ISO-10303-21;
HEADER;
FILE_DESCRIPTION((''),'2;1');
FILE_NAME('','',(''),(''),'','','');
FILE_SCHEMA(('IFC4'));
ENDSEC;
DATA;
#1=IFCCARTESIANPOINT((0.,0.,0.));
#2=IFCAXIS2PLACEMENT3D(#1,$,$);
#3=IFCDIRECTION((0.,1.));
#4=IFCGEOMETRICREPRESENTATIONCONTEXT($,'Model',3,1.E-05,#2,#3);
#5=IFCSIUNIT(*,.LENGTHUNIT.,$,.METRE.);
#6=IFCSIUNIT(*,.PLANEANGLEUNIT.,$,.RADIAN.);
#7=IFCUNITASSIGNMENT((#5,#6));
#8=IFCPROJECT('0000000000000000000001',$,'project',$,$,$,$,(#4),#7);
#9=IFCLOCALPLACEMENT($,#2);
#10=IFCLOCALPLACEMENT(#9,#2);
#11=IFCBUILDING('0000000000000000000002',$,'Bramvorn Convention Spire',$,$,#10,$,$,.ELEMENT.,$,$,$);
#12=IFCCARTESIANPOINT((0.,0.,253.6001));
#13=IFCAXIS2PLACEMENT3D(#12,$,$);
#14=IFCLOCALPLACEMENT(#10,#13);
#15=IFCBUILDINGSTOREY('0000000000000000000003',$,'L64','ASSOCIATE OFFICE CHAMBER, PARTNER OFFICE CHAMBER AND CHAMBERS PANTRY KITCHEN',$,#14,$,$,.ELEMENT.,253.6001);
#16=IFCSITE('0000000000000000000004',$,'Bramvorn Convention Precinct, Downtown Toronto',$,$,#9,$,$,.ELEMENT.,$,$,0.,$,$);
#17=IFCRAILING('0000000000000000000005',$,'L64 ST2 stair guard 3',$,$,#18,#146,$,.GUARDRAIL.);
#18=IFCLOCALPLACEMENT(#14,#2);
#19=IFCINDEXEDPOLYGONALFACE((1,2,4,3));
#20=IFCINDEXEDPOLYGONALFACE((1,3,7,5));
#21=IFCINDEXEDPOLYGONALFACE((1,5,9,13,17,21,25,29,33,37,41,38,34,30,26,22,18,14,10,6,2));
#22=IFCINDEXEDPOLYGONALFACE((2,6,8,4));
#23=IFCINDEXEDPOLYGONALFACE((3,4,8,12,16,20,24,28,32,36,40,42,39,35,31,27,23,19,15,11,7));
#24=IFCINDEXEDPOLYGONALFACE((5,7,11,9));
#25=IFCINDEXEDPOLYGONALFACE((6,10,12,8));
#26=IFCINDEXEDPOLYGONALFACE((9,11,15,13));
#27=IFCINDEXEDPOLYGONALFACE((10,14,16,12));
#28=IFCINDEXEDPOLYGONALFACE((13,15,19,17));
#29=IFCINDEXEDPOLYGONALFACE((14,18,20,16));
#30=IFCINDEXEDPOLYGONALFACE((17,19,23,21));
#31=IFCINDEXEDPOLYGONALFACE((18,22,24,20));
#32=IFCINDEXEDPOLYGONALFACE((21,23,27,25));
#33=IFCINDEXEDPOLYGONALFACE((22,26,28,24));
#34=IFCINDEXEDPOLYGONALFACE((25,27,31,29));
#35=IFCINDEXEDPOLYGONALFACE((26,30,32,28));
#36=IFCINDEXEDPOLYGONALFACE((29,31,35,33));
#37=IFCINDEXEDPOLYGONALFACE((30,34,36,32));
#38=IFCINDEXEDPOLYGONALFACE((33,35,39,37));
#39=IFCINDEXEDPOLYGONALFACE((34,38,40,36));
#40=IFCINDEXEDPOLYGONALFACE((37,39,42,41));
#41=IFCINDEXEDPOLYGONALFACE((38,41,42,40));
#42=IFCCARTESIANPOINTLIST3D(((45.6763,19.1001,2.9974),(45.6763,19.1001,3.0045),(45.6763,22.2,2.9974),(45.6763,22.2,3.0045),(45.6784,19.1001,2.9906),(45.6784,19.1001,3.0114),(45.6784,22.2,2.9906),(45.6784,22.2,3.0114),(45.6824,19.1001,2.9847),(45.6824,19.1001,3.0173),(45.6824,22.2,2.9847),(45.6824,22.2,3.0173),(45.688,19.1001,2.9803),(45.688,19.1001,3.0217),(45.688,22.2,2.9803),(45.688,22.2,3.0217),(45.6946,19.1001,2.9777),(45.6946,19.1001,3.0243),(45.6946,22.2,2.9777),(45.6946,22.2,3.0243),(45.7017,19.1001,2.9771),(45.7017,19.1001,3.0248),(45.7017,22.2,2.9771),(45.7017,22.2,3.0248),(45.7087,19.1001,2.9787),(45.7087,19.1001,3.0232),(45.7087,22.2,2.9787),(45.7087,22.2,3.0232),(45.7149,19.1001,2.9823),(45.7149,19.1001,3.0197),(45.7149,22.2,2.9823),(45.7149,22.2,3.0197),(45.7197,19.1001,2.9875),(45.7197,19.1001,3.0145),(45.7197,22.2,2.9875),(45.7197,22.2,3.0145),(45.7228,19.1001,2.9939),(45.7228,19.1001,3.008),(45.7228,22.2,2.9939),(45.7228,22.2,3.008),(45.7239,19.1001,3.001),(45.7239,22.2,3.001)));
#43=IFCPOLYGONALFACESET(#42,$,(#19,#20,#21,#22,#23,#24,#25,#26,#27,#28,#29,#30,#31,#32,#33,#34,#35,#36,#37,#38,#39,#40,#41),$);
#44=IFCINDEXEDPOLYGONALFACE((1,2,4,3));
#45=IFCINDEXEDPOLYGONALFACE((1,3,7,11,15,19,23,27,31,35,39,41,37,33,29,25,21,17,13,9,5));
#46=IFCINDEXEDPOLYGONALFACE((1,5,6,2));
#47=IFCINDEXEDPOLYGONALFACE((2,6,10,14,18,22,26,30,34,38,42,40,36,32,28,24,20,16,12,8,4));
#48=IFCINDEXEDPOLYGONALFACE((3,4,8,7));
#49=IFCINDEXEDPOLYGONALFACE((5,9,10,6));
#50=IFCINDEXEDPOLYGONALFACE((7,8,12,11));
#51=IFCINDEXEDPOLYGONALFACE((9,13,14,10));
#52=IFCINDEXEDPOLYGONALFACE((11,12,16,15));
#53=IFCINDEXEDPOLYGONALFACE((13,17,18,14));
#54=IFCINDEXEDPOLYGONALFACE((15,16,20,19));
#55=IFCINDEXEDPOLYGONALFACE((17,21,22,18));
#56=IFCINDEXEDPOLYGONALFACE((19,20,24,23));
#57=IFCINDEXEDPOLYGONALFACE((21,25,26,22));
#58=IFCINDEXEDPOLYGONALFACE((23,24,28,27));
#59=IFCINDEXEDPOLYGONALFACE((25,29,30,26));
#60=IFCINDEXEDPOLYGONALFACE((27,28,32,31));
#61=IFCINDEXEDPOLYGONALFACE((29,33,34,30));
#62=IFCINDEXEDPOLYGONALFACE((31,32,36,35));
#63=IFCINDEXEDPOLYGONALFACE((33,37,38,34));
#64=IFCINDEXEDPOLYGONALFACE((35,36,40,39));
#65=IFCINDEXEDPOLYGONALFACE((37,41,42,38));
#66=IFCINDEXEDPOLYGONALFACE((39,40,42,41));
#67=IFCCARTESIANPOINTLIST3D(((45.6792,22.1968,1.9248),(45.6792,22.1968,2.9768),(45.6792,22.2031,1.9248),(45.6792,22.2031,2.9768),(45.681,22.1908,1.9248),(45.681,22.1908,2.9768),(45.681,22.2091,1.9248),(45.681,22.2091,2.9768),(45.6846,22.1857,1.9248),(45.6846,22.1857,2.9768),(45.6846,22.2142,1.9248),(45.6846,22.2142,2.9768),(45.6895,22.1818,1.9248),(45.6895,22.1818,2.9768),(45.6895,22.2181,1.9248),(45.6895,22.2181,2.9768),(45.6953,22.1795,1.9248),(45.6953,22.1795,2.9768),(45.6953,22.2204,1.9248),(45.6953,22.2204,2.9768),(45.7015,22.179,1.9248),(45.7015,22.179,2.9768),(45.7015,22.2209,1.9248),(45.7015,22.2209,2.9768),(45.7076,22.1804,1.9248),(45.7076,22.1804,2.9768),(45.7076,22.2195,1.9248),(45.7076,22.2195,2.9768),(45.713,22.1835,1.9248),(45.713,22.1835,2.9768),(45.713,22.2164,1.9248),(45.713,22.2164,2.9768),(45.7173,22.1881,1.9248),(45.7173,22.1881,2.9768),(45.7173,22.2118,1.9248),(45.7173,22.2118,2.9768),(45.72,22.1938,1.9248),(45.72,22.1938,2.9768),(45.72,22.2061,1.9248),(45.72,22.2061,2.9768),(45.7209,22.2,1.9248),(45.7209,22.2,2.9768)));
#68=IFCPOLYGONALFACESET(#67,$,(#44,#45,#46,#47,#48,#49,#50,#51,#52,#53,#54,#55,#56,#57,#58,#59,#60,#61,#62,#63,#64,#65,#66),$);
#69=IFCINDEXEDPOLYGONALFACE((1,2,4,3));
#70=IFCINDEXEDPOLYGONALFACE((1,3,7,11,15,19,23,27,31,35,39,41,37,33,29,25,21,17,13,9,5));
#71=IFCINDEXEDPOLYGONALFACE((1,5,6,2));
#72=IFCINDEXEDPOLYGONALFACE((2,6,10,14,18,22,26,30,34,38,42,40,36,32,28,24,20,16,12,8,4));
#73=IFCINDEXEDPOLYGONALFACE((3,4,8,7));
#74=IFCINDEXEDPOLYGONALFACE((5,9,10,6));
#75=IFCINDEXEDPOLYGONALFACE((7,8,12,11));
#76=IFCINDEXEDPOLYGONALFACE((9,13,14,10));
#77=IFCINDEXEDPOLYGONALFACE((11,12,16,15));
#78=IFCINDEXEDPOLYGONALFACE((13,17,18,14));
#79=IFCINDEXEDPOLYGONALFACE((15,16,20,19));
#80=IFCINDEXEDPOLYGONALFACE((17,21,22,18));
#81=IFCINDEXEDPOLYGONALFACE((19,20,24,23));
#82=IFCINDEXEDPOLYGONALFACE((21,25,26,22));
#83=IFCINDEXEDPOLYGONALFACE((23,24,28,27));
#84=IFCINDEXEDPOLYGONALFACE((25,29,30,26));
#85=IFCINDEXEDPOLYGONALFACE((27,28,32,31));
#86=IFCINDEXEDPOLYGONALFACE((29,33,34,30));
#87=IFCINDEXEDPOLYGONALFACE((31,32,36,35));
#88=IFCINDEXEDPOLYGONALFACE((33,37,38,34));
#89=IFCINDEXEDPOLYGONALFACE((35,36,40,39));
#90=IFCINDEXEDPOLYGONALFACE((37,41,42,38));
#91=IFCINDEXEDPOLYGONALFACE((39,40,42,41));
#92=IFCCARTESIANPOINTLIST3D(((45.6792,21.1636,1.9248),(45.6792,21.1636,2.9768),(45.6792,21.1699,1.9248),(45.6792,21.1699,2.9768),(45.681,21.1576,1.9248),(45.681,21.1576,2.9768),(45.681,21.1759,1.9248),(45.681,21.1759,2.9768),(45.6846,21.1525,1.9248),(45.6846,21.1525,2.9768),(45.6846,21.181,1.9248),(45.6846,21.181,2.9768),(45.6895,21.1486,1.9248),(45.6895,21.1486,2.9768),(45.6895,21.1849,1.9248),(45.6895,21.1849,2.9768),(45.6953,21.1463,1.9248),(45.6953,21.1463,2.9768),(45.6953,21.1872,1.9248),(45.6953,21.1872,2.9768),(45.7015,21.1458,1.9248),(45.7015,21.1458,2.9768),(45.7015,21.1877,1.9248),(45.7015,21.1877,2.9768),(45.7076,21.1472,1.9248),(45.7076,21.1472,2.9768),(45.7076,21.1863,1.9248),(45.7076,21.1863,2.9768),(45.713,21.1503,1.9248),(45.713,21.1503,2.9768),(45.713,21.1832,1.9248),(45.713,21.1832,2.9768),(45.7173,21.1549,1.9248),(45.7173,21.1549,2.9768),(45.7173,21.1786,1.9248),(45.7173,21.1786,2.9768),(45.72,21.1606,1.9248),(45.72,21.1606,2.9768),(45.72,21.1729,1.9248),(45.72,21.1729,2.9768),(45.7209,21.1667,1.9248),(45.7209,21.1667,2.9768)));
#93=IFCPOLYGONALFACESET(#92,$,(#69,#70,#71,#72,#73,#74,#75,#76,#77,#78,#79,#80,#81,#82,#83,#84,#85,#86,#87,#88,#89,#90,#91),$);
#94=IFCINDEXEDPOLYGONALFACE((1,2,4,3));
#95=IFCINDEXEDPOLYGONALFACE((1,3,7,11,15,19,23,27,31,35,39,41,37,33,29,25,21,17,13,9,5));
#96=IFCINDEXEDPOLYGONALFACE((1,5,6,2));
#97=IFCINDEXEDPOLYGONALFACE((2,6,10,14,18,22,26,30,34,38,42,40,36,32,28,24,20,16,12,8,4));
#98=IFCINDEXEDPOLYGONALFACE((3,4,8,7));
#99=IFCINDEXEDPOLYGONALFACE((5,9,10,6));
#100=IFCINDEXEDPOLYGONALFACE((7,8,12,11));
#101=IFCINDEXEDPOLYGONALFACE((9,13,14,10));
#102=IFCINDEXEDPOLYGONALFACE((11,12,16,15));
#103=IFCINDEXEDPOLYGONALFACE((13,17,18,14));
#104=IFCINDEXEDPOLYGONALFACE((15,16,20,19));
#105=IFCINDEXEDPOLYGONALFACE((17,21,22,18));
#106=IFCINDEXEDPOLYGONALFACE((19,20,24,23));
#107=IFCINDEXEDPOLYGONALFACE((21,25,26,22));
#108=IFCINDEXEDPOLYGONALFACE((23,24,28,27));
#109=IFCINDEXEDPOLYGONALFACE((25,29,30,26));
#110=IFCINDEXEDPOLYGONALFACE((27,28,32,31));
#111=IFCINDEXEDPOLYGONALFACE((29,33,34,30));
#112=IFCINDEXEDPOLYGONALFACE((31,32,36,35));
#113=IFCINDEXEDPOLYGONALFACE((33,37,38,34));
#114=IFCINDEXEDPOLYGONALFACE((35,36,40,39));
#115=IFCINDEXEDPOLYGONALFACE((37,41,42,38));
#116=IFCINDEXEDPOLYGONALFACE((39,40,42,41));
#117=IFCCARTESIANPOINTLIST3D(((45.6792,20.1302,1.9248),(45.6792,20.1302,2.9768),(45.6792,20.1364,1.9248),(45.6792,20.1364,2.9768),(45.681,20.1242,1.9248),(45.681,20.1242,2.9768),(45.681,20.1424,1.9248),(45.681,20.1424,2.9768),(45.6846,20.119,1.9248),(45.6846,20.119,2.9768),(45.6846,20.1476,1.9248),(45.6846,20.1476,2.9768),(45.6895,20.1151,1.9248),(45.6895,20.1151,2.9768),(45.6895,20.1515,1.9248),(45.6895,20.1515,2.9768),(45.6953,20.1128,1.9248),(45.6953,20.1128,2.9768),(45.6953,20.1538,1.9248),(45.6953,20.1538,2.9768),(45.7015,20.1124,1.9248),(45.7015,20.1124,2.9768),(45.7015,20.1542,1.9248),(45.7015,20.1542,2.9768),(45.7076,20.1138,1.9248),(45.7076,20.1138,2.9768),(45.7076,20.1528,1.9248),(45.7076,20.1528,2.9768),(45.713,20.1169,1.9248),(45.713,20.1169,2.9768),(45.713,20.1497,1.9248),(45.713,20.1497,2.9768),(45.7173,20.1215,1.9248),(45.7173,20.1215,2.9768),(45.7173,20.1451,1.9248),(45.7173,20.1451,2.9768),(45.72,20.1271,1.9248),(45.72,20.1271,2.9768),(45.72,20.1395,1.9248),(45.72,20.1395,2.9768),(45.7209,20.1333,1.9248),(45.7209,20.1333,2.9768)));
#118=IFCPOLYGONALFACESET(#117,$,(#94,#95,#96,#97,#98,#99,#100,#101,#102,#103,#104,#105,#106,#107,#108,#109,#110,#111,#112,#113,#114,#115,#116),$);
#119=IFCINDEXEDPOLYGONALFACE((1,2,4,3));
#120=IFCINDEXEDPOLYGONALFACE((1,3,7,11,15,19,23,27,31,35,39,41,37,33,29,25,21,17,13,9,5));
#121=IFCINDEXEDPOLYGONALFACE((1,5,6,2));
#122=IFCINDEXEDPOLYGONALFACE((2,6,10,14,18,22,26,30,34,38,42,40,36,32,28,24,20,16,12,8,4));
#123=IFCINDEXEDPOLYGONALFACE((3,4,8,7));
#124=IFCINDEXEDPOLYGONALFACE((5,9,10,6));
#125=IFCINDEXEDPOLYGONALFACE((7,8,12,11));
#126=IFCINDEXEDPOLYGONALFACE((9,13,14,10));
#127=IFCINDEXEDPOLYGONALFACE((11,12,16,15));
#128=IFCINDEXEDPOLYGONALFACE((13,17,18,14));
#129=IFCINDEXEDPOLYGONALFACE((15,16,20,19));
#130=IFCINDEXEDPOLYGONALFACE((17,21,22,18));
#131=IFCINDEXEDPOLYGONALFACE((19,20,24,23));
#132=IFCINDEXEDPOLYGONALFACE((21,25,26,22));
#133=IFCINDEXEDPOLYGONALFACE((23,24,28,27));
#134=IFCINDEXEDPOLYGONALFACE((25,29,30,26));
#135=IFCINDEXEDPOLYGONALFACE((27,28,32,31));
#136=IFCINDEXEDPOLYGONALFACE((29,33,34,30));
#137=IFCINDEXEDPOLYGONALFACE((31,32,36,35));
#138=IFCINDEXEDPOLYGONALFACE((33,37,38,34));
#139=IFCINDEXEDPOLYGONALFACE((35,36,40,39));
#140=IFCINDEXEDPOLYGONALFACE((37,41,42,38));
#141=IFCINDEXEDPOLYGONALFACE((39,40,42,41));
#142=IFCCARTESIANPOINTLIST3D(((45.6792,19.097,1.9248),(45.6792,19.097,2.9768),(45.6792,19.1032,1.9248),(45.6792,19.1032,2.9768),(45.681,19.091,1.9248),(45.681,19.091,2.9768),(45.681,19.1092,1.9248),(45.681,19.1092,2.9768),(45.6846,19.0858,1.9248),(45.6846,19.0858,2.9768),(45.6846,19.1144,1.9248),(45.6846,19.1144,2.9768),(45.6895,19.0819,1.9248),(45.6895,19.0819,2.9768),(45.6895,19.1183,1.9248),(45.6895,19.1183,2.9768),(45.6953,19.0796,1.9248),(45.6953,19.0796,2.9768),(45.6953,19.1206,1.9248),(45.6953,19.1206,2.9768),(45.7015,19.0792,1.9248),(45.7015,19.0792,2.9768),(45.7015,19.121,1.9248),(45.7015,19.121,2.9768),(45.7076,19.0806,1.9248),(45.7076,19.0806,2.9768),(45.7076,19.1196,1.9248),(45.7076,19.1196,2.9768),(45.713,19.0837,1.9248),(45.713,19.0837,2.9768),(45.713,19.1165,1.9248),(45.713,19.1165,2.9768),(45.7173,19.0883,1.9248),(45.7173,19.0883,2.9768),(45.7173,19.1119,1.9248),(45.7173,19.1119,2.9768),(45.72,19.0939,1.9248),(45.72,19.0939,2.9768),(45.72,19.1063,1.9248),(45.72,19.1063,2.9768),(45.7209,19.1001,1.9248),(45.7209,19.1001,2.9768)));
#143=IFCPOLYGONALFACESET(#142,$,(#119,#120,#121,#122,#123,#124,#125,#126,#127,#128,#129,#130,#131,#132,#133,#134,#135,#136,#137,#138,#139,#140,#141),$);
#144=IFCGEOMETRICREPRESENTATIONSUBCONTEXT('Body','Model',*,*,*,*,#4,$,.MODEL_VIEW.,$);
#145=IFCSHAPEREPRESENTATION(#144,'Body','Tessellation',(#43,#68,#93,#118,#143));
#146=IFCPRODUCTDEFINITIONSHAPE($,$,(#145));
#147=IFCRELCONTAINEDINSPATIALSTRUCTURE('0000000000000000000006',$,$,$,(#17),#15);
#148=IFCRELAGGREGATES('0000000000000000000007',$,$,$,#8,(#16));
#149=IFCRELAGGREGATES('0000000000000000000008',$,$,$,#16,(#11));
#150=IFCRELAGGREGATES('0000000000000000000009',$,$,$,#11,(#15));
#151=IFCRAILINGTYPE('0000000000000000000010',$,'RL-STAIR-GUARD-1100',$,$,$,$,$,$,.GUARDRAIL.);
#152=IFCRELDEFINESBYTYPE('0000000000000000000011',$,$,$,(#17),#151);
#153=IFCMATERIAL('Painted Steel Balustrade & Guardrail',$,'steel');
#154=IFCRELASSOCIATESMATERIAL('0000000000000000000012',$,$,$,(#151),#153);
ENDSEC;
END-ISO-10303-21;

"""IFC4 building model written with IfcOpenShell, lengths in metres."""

from ifc_helpers import new_model, si_unit, direction, frame, origin, origin_2d, place, context, subcontext, project, spatial, circle, extrude, material, type_object, element, save


model = new_model("IFC4")

# Units and contexts
model_context = context("Model", 3, precision=1e-05, world=origin(), true_north=direction((0.0, 1.0)))
body_context = subcontext(model_context, "Body", "Model", "MODEL_VIEW")
ifc_project = project(units=[si_unit("LENGTHUNIT", "METRE"), si_unit("PLANEANGLEUNIT", "RADIAN")], contexts=[model_context])

# Site, building, storey
site_placement = place(None, origin())
site = spatial("IfcSite", under=ifc_project, at=site_placement, Name="Bramvorn Convention Precinct, Downtown Toronto", CompositionType="ELEMENT", RefElevation=0.0)
building_placement = place(site_placement, origin())
building = spatial("IfcBuilding", under=site, at=building_placement, Name="Bramvorn Convention Spire", CompositionType="ELEMENT")
storey_placement = place(building_placement, frame((0.0, 0.0, 253.6001)))
storey = spatial("IfcBuildingStorey", under=building, at=storey_placement, Name="L64", Description="ASSOCIATE OFFICE CHAMBER, PARTNER OFFICE CHAMBER AND CHAMBERS PANTRY KITCHEN", CompositionType="ELEMENT", Elevation=253.6001)

# Railing
ifc_material_1 = material(Name="Painted Steel Balustrade & Guardrail", Category="steel")
railing_type_1 = type_object("IfcRailingType", Name="RL-STAIR-GUARD-1100", PredefinedType="GUARDRAIL", material=ifc_material_1)
railing_1_placement = place(storey_placement, frame((45.7, 22.2, 1.9248)))
element("IfcRailing", 1, at=railing_1_placement, inside=storey, type_object=railing_type_1, Name="L64 ST2 stair guard 3", PredefinedType="GUARDRAIL", context=body_context, shape_type="SweptSolid", body=[
    extrude(circle(Radius=0.0239, at=origin_2d()), frame((0.0, 0.0, 1.0762), z_axis=(0.0, -1.0, 0.0), x_axis=(1.0, 0.0, 0.0)), (0.0, 0.0, 1.0), 3.0999),
    extrude(circle(Radius=0.021, at=origin_2d()), origin(), (0.0, 0.0, 1.0), 1.052),
    extrude(circle(Radius=0.021, at=origin_2d()), frame((0.0, -1.0332, 0.0)), (0.0, 0.0, 1.0), 1.052),
    extrude(circle(Radius=0.021, at=origin_2d()), frame((0.0, -2.0667, 0.0)), (0.0, 0.0, 1.0), 1.052),
    extrude(circle(Radius=0.021, at=origin_2d()), frame((0.0, -3.0999, 0.0)), (0.0, 0.0, 1.0), 1.052),
])

save(model, "model.ifc")
